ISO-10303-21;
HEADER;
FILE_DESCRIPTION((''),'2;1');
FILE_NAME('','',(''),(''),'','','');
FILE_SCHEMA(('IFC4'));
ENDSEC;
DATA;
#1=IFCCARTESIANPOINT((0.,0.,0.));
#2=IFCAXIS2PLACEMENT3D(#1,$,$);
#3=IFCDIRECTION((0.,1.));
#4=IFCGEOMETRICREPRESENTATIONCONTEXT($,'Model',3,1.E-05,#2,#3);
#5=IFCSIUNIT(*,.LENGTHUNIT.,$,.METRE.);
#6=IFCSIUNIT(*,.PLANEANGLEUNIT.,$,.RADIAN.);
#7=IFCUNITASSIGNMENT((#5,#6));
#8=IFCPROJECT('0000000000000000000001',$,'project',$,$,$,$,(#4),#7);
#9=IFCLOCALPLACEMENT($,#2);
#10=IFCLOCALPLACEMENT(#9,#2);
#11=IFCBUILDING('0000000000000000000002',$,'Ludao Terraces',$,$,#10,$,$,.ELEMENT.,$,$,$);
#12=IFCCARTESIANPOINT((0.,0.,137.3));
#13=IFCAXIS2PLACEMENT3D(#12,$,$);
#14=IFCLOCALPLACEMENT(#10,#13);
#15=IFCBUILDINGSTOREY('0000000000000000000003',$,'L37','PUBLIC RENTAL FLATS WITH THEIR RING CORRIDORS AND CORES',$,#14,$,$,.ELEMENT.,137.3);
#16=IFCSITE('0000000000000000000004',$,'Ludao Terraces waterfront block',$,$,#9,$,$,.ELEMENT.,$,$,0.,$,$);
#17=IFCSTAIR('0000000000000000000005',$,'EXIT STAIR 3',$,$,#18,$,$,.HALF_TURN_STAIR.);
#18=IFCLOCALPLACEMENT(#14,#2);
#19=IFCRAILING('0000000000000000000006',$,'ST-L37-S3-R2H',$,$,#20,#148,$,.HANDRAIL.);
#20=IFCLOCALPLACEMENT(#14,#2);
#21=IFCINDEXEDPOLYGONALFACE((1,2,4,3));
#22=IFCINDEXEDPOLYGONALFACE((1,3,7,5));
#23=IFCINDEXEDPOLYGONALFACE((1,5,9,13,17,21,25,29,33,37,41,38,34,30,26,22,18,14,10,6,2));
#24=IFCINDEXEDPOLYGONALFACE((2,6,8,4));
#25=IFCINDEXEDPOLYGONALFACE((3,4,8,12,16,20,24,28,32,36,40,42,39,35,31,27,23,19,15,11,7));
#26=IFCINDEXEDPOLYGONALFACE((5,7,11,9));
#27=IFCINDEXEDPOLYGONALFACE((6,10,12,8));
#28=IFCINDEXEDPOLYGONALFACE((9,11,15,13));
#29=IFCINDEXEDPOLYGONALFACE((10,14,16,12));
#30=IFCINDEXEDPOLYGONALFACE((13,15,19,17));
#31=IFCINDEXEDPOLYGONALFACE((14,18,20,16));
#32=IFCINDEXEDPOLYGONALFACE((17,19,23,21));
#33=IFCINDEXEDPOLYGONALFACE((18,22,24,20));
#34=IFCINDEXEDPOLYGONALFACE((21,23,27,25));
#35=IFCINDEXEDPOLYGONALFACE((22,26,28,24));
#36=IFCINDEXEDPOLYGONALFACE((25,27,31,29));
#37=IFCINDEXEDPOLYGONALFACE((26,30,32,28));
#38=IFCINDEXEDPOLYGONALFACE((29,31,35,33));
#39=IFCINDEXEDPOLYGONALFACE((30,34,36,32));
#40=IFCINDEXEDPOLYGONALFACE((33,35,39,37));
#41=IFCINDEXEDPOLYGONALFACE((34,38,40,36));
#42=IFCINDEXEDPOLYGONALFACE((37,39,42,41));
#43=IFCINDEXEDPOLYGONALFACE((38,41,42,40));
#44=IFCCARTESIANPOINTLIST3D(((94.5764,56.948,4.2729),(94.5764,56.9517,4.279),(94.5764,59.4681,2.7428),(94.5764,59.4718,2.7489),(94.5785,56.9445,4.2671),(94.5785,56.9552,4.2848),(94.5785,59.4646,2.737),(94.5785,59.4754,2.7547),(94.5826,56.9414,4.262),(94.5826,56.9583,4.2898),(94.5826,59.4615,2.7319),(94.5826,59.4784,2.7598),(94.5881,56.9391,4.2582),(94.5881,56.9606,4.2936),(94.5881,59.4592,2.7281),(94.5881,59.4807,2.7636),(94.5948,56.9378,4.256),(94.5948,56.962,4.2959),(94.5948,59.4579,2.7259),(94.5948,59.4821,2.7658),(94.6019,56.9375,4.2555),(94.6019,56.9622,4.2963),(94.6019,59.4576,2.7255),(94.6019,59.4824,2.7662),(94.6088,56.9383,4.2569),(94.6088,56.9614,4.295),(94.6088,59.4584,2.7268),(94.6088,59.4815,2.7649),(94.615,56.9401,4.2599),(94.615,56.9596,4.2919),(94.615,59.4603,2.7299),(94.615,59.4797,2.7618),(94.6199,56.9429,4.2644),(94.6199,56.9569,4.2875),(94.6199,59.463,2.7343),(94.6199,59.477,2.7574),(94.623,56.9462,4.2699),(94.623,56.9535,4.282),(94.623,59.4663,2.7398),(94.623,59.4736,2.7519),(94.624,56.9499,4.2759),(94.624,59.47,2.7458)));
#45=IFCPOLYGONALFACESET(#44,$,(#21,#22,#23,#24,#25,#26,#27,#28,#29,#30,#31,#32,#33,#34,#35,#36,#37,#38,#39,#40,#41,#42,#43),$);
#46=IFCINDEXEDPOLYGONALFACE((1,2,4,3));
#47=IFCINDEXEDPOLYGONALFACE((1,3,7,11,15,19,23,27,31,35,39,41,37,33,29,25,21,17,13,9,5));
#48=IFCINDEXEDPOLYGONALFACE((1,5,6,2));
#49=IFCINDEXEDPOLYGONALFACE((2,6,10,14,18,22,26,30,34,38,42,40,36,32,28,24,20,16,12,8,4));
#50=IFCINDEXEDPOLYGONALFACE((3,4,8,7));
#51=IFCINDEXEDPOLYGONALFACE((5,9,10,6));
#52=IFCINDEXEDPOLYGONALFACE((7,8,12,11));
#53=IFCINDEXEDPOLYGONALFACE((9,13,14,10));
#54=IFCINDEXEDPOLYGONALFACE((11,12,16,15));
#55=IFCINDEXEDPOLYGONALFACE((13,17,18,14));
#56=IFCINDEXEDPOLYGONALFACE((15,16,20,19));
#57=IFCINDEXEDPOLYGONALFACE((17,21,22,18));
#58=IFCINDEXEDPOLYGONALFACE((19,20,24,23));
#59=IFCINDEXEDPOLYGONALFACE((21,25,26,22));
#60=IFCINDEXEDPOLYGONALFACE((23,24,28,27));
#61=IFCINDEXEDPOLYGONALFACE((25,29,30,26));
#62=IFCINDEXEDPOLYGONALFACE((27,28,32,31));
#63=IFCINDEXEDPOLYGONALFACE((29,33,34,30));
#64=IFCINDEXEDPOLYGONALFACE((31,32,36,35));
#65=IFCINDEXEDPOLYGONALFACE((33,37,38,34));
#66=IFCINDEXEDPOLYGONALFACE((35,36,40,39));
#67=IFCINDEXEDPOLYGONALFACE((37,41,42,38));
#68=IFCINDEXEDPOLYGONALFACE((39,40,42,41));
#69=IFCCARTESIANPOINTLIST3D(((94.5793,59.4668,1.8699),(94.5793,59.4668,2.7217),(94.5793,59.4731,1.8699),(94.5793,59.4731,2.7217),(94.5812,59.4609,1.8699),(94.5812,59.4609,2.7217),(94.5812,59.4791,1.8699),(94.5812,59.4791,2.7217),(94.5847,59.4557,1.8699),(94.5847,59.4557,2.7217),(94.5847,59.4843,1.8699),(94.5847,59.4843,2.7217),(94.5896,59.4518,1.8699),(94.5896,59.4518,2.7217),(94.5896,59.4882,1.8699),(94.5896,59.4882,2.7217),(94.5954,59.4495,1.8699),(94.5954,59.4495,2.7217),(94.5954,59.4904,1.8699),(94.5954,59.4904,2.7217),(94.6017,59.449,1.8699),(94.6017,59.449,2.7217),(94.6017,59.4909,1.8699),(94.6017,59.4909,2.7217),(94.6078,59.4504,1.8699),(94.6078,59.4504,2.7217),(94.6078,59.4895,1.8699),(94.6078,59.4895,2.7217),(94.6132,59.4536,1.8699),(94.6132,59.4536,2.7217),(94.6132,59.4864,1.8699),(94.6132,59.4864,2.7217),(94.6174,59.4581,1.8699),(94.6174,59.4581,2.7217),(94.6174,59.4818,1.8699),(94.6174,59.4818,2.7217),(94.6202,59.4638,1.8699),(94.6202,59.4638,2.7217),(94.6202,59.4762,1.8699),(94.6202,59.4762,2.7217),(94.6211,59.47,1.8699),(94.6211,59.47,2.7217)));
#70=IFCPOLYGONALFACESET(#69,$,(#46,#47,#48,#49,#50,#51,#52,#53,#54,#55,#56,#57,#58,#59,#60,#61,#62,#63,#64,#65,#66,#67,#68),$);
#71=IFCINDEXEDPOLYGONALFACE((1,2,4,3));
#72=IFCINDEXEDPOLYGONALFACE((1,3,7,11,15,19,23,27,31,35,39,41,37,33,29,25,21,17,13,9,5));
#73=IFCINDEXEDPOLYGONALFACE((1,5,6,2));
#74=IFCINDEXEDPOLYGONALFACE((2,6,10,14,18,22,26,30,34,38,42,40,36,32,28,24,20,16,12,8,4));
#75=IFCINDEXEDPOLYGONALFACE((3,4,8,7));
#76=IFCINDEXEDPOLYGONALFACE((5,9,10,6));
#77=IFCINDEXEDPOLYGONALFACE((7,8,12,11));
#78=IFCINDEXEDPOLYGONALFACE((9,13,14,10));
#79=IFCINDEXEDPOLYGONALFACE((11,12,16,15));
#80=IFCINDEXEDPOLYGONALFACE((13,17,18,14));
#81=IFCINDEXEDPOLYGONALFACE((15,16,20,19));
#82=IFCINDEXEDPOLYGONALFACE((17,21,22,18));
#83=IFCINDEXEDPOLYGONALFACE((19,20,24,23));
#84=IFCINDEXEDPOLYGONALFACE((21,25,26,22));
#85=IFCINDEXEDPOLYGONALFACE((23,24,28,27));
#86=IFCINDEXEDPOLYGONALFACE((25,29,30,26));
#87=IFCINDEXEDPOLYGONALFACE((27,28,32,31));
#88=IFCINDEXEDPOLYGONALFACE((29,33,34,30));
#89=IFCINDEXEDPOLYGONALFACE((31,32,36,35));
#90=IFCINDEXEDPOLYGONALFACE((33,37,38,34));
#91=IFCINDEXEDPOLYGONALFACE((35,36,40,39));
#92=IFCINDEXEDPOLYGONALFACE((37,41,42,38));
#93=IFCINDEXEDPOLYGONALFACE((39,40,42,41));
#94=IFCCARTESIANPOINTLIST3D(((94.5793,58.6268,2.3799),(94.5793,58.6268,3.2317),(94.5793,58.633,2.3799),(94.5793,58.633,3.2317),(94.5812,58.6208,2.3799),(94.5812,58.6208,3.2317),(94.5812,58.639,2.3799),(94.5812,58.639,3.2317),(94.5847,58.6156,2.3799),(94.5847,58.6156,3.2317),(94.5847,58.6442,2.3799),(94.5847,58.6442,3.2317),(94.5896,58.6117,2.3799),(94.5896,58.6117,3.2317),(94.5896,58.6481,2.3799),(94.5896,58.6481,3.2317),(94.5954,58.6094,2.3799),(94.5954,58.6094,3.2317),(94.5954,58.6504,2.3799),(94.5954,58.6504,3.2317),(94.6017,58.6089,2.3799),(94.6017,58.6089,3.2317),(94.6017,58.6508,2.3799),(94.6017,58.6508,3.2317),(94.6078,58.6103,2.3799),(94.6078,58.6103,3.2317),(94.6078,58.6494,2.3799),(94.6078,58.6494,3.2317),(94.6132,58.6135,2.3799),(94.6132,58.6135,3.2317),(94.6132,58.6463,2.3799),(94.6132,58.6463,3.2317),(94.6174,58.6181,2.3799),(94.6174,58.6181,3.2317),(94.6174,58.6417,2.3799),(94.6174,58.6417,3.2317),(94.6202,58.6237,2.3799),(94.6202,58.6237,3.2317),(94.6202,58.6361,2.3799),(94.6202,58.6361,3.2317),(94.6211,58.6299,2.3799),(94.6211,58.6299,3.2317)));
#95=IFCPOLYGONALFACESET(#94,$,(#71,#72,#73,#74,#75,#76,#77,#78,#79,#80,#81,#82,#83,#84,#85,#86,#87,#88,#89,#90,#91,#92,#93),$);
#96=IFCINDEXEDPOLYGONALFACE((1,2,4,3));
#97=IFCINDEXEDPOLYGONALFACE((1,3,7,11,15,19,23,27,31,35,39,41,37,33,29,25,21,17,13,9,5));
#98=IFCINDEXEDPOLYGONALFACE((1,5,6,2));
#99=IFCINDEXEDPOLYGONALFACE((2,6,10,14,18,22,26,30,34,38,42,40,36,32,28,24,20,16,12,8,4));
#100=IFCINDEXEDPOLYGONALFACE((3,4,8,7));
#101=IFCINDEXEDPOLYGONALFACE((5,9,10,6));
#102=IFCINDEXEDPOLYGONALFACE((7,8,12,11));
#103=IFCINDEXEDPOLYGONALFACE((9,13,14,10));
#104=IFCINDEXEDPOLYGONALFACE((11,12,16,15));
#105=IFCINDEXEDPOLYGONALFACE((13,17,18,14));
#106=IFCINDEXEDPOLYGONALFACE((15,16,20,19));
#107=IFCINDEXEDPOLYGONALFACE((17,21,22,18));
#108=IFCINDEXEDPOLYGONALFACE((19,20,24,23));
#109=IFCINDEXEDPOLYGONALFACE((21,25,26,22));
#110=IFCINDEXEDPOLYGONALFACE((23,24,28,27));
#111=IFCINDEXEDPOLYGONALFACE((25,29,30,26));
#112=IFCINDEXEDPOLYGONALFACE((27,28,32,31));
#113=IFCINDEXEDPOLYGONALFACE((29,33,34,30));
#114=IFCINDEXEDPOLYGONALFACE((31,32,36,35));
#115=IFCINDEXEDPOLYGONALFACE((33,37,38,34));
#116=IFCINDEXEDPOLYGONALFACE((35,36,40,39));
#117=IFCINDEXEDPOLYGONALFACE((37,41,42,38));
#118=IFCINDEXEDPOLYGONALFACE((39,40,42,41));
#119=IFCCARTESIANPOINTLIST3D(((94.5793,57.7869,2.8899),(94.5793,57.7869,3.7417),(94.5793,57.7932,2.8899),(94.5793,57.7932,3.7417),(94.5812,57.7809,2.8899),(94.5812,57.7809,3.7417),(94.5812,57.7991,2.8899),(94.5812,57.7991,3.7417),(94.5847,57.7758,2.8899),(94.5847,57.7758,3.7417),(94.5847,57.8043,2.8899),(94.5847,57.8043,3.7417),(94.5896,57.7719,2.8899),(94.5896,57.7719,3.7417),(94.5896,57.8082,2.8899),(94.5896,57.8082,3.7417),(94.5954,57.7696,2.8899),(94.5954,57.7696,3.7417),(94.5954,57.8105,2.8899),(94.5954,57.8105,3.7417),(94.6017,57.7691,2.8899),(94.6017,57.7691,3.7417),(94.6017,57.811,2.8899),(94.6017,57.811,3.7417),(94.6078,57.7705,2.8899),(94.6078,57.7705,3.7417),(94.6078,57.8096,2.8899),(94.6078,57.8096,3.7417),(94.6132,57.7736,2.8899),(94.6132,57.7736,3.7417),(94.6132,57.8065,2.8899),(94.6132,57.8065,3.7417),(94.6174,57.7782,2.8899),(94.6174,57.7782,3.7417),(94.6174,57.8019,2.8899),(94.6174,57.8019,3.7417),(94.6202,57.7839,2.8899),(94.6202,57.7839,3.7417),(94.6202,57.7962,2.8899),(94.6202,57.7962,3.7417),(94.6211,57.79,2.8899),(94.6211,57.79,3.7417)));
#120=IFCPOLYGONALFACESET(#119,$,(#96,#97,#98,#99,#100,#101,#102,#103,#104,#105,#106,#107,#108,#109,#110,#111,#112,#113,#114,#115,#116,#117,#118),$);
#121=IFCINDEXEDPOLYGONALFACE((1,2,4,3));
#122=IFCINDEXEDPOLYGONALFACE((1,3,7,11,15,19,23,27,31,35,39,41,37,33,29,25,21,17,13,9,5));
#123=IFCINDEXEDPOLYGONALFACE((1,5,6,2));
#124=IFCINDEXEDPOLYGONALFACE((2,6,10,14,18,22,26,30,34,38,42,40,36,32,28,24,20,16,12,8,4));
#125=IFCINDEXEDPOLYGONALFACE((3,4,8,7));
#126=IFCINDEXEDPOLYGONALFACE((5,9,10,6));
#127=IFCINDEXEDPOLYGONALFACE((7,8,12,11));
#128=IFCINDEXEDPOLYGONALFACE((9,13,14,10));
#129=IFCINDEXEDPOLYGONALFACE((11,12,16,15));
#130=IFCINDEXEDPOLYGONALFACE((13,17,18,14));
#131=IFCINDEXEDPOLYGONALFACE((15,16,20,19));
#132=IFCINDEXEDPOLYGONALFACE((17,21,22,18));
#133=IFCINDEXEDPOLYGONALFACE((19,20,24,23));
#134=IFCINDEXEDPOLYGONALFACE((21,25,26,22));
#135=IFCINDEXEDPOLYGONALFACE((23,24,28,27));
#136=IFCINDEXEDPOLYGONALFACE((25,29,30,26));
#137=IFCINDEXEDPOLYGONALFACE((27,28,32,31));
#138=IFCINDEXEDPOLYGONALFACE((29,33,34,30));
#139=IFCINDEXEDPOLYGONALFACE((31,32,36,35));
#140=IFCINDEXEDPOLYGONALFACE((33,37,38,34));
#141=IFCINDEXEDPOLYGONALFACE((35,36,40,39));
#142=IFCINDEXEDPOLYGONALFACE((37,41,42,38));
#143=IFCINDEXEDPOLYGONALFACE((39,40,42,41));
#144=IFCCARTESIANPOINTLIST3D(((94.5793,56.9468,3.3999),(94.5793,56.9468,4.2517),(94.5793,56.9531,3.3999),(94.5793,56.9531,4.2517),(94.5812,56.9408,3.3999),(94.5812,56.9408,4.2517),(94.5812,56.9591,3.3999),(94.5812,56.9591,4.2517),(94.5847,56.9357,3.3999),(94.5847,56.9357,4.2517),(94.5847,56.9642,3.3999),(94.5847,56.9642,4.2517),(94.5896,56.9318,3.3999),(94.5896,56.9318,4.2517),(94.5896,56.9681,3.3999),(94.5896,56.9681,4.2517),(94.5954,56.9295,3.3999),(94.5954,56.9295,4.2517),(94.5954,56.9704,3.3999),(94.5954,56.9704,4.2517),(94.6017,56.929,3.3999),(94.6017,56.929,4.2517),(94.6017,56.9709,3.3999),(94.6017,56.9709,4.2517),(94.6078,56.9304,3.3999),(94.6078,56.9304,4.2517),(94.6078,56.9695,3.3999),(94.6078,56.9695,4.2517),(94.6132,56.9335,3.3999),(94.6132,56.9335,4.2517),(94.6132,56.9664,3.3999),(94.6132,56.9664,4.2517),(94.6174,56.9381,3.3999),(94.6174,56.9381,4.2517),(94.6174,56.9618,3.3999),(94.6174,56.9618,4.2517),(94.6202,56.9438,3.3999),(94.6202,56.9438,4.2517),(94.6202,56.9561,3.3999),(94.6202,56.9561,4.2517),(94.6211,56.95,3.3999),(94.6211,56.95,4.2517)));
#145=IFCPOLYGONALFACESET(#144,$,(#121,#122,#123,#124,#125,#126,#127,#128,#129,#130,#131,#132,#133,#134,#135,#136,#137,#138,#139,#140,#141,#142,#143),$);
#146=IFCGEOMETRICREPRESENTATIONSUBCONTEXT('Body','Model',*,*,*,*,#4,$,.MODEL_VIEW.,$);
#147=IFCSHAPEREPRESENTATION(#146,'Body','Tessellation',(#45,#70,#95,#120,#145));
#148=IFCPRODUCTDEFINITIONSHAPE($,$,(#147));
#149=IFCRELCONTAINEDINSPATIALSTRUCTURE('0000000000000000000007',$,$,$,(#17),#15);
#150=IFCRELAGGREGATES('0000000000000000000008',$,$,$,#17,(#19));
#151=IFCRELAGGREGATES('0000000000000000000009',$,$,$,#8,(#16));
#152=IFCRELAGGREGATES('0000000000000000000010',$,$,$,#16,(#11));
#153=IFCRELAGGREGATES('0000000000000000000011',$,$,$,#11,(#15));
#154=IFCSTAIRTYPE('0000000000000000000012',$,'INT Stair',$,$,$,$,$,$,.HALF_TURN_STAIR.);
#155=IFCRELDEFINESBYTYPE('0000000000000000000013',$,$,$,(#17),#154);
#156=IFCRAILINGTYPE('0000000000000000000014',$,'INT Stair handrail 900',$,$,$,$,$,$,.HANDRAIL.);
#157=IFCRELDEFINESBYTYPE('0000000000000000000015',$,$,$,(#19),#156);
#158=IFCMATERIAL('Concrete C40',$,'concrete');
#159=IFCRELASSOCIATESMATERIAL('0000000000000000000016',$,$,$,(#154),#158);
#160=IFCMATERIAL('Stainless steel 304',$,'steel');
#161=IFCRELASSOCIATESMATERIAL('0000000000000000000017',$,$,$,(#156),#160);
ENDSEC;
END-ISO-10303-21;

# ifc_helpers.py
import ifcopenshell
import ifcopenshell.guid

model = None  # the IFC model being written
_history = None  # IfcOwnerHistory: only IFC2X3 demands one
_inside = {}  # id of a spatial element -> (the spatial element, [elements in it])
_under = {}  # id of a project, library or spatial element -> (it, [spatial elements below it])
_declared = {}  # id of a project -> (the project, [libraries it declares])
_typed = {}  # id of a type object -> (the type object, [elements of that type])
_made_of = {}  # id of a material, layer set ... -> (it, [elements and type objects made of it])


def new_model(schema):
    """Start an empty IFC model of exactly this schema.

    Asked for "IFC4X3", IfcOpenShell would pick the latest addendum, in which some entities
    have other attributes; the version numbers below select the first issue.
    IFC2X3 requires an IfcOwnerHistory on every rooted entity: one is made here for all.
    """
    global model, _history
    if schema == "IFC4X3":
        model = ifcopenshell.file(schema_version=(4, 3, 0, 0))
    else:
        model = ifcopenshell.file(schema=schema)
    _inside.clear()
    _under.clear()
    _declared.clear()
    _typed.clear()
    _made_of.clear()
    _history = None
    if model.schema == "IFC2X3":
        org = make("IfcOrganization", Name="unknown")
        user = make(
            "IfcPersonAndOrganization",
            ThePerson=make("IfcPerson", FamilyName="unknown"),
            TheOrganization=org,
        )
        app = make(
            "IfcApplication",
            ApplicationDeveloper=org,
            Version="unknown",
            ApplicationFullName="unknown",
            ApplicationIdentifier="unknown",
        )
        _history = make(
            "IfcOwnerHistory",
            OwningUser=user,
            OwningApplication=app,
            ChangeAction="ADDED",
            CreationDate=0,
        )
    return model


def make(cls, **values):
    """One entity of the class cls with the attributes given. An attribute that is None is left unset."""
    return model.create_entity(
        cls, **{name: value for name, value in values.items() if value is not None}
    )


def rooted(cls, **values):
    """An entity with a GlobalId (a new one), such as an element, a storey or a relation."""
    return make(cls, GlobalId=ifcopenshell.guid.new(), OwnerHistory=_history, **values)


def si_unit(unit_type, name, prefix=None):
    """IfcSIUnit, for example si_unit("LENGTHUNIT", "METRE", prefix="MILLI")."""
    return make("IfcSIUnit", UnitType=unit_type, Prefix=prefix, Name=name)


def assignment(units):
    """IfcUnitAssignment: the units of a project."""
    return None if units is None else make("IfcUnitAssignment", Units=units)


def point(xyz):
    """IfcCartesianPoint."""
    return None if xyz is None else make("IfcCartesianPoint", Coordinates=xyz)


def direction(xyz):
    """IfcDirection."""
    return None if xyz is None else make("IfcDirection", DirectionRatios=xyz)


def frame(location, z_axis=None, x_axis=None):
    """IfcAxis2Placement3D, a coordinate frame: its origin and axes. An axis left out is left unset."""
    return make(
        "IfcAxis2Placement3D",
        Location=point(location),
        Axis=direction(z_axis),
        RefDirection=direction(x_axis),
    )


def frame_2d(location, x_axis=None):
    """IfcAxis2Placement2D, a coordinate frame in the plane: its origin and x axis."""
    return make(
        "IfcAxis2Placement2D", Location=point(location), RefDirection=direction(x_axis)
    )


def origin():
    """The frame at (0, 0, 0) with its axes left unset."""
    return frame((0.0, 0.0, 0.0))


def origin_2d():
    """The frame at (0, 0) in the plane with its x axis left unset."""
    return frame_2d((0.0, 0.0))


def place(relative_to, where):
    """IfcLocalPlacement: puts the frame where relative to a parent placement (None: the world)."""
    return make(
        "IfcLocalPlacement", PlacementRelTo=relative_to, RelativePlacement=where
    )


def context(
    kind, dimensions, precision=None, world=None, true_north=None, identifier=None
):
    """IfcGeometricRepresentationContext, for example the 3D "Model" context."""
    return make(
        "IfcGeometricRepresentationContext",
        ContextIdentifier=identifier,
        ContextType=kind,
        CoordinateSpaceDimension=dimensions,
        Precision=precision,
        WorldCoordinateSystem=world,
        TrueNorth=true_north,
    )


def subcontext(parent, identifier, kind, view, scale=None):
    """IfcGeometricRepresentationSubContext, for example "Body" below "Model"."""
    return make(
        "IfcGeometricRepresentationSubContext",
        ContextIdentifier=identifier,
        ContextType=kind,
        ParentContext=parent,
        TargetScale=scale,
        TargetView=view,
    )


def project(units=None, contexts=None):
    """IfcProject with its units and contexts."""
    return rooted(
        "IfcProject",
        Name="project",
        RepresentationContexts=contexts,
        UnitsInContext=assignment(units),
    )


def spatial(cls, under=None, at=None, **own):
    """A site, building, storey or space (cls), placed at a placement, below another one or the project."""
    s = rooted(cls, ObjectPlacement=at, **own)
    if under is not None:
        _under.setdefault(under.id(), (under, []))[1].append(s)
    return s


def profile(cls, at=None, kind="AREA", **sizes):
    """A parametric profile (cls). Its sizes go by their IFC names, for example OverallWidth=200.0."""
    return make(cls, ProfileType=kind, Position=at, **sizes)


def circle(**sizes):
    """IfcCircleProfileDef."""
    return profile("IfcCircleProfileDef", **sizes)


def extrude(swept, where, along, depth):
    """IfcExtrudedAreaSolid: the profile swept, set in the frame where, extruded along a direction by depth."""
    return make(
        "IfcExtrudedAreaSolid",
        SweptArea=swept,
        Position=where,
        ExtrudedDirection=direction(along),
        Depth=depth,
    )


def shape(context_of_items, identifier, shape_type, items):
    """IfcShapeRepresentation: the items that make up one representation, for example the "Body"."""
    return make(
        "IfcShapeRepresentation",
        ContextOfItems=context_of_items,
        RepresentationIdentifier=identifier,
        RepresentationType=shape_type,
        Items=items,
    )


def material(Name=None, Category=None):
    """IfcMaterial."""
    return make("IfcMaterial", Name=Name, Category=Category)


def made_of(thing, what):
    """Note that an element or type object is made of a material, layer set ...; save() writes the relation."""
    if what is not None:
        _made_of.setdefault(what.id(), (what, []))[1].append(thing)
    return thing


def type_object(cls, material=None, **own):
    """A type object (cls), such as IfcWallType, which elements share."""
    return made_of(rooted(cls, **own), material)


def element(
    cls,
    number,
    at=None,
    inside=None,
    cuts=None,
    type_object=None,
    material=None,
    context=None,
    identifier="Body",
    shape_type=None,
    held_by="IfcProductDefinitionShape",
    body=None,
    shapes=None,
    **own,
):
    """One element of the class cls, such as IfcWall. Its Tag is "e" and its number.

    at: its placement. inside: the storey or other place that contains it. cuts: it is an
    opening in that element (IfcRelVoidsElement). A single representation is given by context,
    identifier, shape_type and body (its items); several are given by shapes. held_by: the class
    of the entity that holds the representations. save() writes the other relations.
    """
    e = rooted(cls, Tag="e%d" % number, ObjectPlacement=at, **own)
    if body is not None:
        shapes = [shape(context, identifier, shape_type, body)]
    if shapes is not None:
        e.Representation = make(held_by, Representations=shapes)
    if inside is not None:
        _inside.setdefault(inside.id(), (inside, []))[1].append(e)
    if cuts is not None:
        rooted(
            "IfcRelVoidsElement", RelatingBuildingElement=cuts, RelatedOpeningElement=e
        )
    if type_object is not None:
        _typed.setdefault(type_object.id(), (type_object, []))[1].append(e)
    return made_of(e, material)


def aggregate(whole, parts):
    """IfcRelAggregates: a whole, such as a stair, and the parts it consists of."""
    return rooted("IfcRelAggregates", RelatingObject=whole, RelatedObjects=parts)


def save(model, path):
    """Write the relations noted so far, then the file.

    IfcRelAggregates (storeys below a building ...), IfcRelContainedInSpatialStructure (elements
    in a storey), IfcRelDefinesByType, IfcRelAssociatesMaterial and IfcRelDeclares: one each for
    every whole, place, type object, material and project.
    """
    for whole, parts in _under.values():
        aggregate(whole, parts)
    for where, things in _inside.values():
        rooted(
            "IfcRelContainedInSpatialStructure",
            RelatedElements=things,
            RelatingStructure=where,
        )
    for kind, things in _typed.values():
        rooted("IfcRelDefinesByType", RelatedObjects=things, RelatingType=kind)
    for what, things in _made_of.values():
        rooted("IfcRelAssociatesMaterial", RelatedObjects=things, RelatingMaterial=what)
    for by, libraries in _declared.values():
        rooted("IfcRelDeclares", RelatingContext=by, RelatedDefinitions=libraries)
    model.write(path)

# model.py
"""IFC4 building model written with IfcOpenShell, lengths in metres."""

from ifc_helpers import new_model, si_unit, direction, frame, origin, origin_2d, place, context, subcontext, project, spatial, circle, extrude, material, type_object, element, aggregate, save


model = new_model("IFC4")

# Units and contexts
model_context = context("Model", 3, precision=1e-05, world=origin(), true_north=direction((0.0, 1.0)))
body_context = subcontext(model_context, "Body", "Model", "MODEL_VIEW")
ifc_project = project(units=[si_unit("LENGTHUNIT", "METRE"), si_unit("PLANEANGLEUNIT", "RADIAN")], contexts=[model_context])

# Site, building, storey
site_placement = place(None, origin())
site = spatial("IfcSite", under=ifc_project, at=site_placement, Name="Ludao Terraces waterfront block", CompositionType="ELEMENT", RefElevation=0.0)
building_placement = place(site_placement, origin())
building = spatial("IfcBuilding", under=site, at=building_placement, Name="Ludao Terraces", CompositionType="ELEMENT")
storey_placement = place(building_placement, frame((0.0, 0.0, 137.3)))
storey = spatial("IfcBuildingStorey", under=building, at=storey_placement, Name="L37", Description="PUBLIC RENTAL FLATS WITH THEIR RING CORRIDORS AND CORES", CompositionType="ELEMENT", Elevation=137.3)

# Shared definitions
ifc_material_1 = material(Name="Concrete C40", Category="concrete")

# Stair, railing
stair_type = type_object("IfcStairType", Name="INT Stair", PredefinedType="HALF_TURN_STAIR", material=ifc_material_1)
stair_placement = place(storey_placement, origin())
stair = element("IfcStair", 1, at=stair_placement, inside=storey, type_object=stair_type, Name="EXIT STAIR 3", PredefinedType="HALF_TURN_STAIR")
ifc_material_2 = material(Name="Stainless steel 304", Category="steel")
railing_type_1 = type_object("IfcRailingType", Name="INT Stair handrail 900", PredefinedType="HANDRAIL", material=ifc_material_2)
railing_1_placement = place(storey_placement, frame((94.6001, 59.47, 1.8699)))
railing_1 = element("IfcRailing", 2, at=railing_1_placement, type_object=railing_type_1, Name="ST-L37-S3-R2H", PredefinedType="HANDRAIL", context=body_context, shape_type="SweptSolid", body=[
    extrude(circle(Radius=0.0239, at=origin_2d()), frame((0.0, 0.0, 0.876), z_axis=(0.0, -0.854785, 0.518982), x_axis=(1.0, 0.0, 0.0)), (0.0, 0.0, 1.0), 2.9482),
    extrude(circle(Radius=0.021, at=origin_2d()), origin(), (0.0, 0.0, 1.0), 0.8518),
    extrude(circle(Radius=0.021, at=origin_2d()), frame((0.0, -0.8401, 0.51)), (0.0, 0.0, 1.0), 0.8518),
    extrude(circle(Radius=0.021, at=origin_2d()), frame((0.0, -1.6799, 1.02)), (0.0, 0.0, 1.0), 0.8518),
    extrude(circle(Radius=0.021, at=origin_2d()), frame((0.0, -2.52, 1.53)), (0.0, 0.0, 1.0), 0.8518),
])
aggregate(stair, [railing_1])

save(model, "model.ifc")
